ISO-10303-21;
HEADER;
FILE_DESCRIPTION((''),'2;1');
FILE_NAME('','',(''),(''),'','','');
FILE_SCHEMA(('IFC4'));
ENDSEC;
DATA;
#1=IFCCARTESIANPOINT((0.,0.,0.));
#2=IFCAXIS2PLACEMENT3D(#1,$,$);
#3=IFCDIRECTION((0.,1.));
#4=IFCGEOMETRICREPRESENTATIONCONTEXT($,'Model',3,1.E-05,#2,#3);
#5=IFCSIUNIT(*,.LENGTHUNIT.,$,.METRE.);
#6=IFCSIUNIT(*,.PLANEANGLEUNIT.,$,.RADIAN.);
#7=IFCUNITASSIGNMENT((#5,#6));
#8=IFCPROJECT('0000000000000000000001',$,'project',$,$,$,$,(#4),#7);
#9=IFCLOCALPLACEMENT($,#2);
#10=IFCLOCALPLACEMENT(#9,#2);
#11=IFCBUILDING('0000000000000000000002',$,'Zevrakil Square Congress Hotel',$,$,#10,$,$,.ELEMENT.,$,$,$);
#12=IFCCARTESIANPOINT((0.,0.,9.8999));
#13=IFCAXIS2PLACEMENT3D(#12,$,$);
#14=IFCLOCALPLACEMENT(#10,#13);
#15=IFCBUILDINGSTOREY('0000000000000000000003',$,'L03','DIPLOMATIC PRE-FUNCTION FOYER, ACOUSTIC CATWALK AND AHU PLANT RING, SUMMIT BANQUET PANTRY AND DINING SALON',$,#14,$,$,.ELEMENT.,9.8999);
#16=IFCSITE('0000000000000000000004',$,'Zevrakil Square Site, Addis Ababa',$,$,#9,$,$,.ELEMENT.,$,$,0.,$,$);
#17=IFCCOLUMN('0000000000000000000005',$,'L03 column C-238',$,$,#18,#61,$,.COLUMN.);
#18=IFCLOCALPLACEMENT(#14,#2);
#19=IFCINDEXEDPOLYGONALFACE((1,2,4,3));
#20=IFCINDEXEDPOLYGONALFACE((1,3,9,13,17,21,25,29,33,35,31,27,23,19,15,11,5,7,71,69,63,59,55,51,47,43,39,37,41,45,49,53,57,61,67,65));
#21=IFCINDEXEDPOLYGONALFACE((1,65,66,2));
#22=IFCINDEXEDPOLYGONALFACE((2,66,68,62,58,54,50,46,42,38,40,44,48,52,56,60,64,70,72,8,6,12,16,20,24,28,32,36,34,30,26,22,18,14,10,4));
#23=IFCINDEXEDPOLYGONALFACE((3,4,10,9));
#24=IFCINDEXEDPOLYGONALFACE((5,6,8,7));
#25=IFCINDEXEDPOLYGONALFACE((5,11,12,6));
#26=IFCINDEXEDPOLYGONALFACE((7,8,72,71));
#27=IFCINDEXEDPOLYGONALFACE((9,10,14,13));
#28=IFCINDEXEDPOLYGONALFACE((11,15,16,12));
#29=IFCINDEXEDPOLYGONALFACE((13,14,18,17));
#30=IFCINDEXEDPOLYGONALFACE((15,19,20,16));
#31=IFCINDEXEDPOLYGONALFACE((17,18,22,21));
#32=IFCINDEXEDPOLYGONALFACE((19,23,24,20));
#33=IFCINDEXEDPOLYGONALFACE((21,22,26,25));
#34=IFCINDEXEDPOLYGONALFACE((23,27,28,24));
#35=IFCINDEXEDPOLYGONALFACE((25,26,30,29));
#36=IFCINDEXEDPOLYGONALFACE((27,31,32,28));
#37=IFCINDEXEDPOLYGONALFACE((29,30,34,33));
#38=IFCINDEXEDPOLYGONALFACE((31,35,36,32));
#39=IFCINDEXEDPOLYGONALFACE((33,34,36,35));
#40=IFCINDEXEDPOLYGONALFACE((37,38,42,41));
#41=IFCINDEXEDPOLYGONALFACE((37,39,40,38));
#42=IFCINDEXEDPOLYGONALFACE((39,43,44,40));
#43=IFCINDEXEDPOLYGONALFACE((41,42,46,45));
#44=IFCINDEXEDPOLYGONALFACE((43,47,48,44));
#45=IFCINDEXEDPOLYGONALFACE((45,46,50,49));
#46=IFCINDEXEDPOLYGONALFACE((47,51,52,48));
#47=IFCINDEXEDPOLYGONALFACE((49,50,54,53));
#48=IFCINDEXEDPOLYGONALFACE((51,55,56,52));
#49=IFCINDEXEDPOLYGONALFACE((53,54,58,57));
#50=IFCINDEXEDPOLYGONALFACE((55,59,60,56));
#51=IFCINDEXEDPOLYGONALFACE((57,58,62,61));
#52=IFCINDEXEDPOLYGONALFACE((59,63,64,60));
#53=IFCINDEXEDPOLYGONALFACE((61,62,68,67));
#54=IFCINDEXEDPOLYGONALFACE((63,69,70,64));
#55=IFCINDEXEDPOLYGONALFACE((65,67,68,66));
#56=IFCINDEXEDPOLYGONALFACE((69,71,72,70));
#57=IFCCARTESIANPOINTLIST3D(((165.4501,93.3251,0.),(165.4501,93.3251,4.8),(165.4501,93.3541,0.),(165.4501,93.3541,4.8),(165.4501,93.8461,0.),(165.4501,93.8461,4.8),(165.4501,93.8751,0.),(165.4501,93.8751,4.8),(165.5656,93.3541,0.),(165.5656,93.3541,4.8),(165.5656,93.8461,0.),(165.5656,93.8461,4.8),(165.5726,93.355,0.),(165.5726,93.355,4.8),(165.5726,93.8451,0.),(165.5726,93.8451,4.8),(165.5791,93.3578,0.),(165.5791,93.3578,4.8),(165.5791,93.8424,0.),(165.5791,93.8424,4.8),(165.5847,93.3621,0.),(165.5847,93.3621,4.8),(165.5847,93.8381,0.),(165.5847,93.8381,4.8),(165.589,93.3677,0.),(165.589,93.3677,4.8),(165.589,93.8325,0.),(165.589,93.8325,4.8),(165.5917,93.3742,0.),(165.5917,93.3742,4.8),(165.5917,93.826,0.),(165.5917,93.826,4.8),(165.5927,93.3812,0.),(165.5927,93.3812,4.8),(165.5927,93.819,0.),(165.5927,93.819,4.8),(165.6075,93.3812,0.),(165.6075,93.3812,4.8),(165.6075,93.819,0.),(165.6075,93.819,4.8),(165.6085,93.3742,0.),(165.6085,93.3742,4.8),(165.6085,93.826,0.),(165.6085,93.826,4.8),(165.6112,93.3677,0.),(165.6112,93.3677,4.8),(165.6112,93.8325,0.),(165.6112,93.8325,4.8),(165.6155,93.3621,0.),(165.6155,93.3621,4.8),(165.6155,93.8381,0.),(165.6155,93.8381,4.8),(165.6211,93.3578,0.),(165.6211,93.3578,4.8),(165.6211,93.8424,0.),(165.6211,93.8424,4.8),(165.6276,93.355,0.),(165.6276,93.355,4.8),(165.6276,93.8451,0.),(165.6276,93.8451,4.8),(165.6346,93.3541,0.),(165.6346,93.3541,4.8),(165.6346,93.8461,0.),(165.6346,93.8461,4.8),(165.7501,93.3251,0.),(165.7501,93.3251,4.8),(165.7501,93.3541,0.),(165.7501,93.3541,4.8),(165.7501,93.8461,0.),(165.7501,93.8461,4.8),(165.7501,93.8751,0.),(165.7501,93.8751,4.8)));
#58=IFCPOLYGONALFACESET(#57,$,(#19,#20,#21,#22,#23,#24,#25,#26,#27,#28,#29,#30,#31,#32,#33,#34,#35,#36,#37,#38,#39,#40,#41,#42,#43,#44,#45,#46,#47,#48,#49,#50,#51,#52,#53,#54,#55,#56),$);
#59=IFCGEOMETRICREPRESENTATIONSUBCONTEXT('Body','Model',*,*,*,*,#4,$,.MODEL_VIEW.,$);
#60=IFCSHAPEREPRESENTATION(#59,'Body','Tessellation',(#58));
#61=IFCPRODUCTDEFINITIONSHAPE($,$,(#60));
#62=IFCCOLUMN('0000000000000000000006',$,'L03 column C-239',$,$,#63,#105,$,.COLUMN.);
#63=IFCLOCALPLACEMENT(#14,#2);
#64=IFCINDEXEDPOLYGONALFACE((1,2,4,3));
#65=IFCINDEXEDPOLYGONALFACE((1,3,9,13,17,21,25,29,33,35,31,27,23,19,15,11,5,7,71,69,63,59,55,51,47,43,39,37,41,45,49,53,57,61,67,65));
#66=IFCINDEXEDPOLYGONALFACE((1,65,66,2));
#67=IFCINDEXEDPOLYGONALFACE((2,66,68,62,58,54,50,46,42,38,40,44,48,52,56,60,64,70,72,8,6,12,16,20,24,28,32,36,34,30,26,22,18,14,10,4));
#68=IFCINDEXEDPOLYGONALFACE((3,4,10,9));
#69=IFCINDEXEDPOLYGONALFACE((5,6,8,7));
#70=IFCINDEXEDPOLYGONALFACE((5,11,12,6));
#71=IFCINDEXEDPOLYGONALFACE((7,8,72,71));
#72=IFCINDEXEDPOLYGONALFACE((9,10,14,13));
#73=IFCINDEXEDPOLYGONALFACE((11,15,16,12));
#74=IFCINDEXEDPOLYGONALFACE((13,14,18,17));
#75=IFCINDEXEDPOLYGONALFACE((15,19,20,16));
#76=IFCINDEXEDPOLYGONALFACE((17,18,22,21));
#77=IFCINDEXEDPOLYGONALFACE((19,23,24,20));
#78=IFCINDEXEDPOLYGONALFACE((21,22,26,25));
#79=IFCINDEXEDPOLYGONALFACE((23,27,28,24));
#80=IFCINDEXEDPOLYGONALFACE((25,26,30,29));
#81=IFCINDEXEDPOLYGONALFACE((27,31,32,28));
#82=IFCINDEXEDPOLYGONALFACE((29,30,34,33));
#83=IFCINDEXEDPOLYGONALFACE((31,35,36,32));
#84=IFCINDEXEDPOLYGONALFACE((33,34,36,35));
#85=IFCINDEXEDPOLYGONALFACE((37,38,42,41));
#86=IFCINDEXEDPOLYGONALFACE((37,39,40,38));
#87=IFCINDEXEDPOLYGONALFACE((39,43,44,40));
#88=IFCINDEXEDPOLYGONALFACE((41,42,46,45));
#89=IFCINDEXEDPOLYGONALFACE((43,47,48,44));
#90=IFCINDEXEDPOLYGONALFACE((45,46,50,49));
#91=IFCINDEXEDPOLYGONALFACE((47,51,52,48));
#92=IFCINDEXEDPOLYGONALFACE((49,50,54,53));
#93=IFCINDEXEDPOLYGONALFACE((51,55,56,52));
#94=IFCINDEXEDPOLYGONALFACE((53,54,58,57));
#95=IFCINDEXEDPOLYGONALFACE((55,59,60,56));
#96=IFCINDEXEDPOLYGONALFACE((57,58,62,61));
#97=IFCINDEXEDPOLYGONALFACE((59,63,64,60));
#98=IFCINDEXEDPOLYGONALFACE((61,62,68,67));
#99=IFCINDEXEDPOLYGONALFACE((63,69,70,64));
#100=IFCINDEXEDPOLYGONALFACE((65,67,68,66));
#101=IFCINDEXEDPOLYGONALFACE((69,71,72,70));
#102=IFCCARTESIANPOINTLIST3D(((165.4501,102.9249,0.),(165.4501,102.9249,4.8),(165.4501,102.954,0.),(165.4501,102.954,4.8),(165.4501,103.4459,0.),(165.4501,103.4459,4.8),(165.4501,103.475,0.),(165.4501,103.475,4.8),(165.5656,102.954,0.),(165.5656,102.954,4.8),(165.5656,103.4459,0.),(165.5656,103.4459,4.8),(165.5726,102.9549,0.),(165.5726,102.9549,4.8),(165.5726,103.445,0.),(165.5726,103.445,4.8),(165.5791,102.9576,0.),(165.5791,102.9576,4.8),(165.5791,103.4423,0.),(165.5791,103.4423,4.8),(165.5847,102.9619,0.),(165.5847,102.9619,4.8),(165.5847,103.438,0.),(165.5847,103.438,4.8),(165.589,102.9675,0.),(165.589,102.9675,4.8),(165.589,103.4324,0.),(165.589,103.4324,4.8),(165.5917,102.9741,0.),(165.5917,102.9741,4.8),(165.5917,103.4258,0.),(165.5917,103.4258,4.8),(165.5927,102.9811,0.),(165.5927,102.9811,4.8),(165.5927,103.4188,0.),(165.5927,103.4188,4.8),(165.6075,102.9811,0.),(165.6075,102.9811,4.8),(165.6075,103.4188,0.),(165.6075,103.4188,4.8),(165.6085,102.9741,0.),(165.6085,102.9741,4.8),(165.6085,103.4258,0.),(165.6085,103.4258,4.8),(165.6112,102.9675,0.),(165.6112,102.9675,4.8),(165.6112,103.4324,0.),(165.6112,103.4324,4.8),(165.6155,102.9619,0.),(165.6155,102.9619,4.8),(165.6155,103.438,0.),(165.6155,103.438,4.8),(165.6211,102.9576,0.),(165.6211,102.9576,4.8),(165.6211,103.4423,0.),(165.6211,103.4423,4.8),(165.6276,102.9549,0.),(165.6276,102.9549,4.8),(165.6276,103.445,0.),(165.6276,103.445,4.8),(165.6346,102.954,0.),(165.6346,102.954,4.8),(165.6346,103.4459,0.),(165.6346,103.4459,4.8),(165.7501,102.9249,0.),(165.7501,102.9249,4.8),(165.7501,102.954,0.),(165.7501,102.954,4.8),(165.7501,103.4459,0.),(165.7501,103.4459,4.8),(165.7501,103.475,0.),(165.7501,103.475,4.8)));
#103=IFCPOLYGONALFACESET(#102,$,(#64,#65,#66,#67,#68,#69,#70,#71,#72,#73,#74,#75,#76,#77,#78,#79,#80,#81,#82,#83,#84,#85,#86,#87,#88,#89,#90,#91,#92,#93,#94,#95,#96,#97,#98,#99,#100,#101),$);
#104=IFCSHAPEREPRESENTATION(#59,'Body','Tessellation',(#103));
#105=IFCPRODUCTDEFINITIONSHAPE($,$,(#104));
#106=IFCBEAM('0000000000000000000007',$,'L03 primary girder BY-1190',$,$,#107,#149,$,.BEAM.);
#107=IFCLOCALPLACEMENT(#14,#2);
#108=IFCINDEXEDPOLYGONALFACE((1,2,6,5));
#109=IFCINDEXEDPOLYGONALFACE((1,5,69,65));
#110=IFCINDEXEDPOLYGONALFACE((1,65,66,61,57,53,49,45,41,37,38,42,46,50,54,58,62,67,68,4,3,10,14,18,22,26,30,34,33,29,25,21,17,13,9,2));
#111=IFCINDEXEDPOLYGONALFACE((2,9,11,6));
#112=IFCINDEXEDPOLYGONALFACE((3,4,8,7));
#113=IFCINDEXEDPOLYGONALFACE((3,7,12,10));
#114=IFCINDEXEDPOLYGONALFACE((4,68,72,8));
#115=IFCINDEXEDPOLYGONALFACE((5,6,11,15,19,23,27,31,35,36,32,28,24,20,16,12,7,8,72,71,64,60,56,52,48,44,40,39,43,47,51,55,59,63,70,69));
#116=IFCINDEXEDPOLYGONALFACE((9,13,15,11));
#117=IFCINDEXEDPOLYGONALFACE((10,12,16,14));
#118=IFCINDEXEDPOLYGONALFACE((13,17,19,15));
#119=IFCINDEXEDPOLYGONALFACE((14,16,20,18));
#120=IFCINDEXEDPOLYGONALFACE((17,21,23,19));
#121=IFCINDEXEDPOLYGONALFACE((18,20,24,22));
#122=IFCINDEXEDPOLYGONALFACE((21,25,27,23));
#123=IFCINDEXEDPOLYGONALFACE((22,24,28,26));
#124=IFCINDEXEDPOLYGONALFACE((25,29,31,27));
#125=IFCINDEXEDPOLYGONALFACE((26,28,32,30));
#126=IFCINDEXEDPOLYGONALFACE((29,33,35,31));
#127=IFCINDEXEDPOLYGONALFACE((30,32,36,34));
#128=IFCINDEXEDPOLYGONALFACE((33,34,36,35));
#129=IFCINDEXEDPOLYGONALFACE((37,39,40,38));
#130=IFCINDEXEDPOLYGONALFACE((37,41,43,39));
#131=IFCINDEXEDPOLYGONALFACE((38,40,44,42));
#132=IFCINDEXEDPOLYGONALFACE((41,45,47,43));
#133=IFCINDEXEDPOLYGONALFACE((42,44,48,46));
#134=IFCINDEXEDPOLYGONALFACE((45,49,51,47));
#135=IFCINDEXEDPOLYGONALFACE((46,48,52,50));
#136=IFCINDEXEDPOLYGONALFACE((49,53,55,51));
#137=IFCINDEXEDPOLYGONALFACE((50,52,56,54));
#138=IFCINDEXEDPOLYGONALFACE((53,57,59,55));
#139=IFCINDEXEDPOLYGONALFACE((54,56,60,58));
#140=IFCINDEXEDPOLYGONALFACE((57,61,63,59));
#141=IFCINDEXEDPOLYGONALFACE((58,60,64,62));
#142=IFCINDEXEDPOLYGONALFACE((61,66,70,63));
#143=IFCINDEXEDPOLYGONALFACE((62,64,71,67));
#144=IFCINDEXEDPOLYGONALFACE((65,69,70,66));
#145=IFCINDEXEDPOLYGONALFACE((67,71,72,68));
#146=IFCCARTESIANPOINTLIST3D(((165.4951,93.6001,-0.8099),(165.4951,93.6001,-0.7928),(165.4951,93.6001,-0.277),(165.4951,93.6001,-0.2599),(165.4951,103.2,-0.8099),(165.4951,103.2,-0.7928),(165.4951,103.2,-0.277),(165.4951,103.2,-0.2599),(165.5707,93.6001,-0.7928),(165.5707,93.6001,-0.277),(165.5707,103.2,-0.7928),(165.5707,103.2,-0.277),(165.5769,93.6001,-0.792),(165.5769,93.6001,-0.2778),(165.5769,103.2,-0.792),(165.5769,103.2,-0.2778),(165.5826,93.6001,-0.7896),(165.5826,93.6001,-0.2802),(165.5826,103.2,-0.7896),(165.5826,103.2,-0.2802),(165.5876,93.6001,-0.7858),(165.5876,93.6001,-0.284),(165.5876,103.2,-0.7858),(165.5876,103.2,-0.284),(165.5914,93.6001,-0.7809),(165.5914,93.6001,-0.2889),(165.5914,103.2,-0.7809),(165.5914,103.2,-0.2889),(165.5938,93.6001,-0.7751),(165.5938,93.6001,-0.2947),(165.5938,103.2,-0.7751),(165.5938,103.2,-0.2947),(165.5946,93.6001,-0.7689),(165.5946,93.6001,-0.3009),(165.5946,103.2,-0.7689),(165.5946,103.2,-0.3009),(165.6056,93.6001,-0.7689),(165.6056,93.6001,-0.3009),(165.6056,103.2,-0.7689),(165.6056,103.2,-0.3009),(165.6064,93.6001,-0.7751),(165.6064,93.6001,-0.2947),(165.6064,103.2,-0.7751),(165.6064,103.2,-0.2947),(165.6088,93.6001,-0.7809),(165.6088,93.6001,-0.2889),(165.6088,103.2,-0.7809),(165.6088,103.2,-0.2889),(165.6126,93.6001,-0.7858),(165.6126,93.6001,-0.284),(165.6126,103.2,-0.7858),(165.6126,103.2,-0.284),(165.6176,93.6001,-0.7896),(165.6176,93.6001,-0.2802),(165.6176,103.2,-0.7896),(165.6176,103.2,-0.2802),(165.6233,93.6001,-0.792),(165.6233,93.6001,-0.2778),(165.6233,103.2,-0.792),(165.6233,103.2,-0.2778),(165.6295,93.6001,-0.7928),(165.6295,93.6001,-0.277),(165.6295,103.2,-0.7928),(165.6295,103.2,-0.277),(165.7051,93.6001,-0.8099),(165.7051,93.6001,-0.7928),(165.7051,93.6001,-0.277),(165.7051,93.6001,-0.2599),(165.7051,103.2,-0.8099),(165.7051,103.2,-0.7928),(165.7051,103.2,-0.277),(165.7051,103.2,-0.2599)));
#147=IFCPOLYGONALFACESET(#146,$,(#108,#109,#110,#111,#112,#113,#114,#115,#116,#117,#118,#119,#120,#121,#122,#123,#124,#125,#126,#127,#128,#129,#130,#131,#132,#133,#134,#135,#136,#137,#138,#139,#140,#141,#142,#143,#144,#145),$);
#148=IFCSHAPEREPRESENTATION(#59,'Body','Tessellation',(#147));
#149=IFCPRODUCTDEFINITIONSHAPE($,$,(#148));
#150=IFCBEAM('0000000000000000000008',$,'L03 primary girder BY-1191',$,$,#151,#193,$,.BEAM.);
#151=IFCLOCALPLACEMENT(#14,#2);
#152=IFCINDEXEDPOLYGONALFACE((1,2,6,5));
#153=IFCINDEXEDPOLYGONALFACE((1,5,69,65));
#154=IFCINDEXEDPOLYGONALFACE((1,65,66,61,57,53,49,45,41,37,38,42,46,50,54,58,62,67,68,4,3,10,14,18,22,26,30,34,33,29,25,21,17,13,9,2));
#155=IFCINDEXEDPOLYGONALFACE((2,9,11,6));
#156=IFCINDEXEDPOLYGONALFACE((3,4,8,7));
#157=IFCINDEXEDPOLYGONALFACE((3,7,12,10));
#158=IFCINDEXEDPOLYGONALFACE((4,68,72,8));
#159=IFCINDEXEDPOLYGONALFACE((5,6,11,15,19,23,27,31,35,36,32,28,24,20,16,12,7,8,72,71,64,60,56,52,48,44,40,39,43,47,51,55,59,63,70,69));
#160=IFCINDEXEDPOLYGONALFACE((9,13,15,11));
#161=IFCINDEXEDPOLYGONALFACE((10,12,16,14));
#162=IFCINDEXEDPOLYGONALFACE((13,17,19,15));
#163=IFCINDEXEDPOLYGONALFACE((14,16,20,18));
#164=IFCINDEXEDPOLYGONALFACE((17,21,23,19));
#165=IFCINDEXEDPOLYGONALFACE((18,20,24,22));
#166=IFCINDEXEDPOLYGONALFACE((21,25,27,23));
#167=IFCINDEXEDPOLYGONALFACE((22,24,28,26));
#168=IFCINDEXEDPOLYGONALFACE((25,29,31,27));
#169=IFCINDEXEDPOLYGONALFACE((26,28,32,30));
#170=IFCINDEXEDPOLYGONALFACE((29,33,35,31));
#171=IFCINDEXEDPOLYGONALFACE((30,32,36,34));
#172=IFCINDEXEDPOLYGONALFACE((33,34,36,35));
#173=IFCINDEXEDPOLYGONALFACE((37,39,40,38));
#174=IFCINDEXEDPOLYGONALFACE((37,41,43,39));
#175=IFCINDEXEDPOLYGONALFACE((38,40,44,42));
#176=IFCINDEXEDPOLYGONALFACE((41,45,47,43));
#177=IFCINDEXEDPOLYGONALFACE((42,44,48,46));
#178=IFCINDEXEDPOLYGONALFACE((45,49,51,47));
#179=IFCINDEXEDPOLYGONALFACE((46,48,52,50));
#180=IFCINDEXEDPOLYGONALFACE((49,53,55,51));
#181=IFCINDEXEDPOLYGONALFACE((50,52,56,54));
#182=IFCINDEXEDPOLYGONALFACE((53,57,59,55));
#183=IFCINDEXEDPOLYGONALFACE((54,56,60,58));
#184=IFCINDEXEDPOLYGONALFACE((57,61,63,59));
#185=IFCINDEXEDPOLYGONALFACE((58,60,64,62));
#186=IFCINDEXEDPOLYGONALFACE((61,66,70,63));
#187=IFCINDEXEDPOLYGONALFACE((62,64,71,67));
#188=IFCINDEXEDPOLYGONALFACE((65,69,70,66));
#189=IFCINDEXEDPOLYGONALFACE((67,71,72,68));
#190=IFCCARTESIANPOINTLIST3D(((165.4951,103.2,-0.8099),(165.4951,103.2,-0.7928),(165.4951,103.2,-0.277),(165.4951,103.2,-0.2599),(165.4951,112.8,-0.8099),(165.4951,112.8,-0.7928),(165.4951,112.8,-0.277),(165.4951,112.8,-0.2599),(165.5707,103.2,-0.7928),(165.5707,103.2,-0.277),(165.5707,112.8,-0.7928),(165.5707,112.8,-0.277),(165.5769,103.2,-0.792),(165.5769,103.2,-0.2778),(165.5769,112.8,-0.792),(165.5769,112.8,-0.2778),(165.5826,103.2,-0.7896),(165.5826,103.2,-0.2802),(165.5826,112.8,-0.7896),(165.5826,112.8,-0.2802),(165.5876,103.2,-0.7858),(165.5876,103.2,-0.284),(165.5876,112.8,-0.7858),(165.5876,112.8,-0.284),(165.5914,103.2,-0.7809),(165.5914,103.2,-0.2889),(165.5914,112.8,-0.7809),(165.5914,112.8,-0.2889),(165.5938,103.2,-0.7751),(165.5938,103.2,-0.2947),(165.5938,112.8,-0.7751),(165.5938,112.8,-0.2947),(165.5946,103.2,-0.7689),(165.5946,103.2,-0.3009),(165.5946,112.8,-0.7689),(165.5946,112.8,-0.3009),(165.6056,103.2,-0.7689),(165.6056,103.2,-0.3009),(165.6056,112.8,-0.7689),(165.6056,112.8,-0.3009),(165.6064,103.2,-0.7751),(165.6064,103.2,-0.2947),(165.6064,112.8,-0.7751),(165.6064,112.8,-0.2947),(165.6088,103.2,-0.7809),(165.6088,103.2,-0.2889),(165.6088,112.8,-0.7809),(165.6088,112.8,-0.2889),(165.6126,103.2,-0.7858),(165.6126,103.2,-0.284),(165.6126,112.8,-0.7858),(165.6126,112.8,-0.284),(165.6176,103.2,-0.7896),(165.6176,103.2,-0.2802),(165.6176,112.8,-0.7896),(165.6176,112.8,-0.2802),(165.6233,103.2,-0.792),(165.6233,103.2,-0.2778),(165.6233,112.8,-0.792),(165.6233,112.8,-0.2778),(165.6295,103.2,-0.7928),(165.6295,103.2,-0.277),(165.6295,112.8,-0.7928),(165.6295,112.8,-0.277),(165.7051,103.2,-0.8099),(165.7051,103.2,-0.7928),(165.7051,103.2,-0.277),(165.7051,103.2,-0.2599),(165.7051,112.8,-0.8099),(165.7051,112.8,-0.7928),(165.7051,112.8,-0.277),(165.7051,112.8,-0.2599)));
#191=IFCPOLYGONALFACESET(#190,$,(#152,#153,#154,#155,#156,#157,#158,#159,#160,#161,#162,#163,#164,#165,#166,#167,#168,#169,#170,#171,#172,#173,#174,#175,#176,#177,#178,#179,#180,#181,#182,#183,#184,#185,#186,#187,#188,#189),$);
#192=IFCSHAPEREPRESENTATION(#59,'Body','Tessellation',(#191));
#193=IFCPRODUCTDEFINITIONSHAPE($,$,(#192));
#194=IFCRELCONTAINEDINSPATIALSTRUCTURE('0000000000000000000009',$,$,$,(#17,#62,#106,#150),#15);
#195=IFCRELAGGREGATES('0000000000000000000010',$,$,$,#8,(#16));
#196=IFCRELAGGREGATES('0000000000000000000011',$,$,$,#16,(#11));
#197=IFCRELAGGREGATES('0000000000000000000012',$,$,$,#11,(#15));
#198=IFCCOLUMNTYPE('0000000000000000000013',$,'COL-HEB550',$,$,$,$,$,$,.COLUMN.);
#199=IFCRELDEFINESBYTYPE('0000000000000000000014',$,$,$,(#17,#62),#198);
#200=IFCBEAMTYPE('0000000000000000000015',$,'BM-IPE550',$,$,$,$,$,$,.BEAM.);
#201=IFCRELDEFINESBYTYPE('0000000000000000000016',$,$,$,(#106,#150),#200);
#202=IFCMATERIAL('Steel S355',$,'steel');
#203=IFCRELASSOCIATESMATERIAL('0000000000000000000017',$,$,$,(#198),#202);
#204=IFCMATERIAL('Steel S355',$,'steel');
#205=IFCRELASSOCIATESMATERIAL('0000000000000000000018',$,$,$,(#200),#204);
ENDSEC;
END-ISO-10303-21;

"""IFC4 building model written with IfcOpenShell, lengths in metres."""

from ifc_helpers import new_model, si_unit, direction, frame, origin, origin_2d, place, context, subcontext, project, spatial, i_section, extrude, material, material_profile, profile_set, type_object, element, save


model = new_model("IFC4")

# Units and contexts
model_context = context("Model", 3, precision=1e-05, world=origin(), true_north=direction((0.0, 1.0)))
body_context = subcontext(model_context, "Body", "Model", "MODEL_VIEW")
ifc_project = project(units=[si_unit("LENGTHUNIT", "METRE"), si_unit("PLANEANGLEUNIT", "RADIAN")], contexts=[model_context])

# Site, building, storey
site_placement = place(None, origin())
site = spatial("IfcSite", under=ifc_project, at=site_placement, Name="Zevrakil Square Site, Addis Ababa", CompositionType="ELEMENT", RefElevation=0.0)
building_placement = place(site_placement, origin())
building = spatial("IfcBuilding", under=site, at=building_placement, Name="Zevrakil Square Congress Hotel", CompositionType="ELEMENT")
storey_placement = place(building_placement, frame((0.0, 0.0, 9.8999)))
storey = spatial("IfcBuildingStorey", under=building, at=storey_placement, Name="L03", Description="DIPLOMATIC PRE-FUNCTION FOYER, ACOUSTIC CATWALK AND AHU PLANT RING, SUMMIT BANQUET PANTRY AND DINING SALON", CompositionType="ELEMENT", Elevation=9.8999)

# Columns
ifc_material_1 = material(Name="Steel S355", Category="steel")
ifc_material_profile_1 = material_profile(ifc_material_1, i_section(OverallWidth=0.3, OverallDepth=0.55, WebThickness=0.0149, FlangeThickness=0.0291, FilletRadius=0.0271, at=origin_2d()), Name="HEB 550")
ifc_profile_set_1 = profile_set([ifc_material_profile_1], Name="Steel S355")
column_type = type_object("IfcColumnType", Name="COL-HEB550", PredefinedType="COLUMN", material=ifc_profile_set_1)
for number, where, z_axis, x_axis, name in (
    (1, (165.6001, 93.6001, 0.0), (0.0, 0.0, 1.0), (1.0, 0.0, 0.0), "L03 column C-238"),
    (2, (165.6001, 103.2, 0.0), (0.0, 0.0, 1.0), (1.0, 0.0, 0.0), "L03 column C-239"),
):
    element("IfcColumn", number, at=place(storey_placement, frame(where, z_axis=z_axis, x_axis=x_axis)), inside=storey, type_object=column_type, Name=name, PredefinedType="COLUMN", context=body_context, shape_type="SweptSolid", body=[
        extrude(i_section(OverallWidth=0.3, OverallDepth=0.55, WebThickness=0.0149, FlangeThickness=0.0291, FilletRadius=0.0271, at=origin_2d()), origin(), (0.0, 0.0, 1.0), 4.8),
    ])

# Beams
ifc_material_2 = material(Name="Steel S355", Category="steel")
ifc_material_profile_2 = material_profile(ifc_material_2, i_section(OverallWidth=0.21, OverallDepth=0.55, WebThickness=0.011, FlangeThickness=0.0171, FilletRadius=0.0239, at=origin_2d()), Name="IPE 550")
ifc_profile_set_2 = profile_set([ifc_material_profile_2], Name="Steel S355")
beam_type = type_object("IfcBeamType", Name="BM-IPE550", PredefinedType="BEAM", material=ifc_profile_set_2)
beam_1_placement = place(storey_placement, frame((165.6001, 93.6001, -0.5349), z_axis=(0.0, 1.0, 0.0), x_axis=(-1.0, 0.0, 0.0)))
element("IfcBeam", 3, at=beam_1_placement, inside=storey, type_object=beam_type, Name="L03 primary girder BY-1190", PredefinedType="BEAM", context=body_context, shape_type="SweptSolid", body=[
    extrude(i_section(OverallWidth=0.21, OverallDepth=0.55, WebThickness=0.011, FlangeThickness=0.0171, FilletRadius=0.0239, at=origin_2d()), origin(), (0.0, 0.0, 1.0), 9.5999),
])
beam_2_placement = place(storey_placement, frame((165.6001, 103.2, -0.5349), z_axis=(0.0, 1.0, 0.0), x_axis=(-1.0, 0.0, 0.0)))
element("IfcBeam", 4, at=beam_2_placement, inside=storey, type_object=beam_type, Name="L03 primary girder BY-1191", PredefinedType="BEAM", context=body_context, shape_type="SweptSolid", body=[
    extrude(i_section(OverallWidth=0.21, OverallDepth=0.55, WebThickness=0.011, FlangeThickness=0.0171, FilletRadius=0.0239, at=origin_2d()), origin(), (0.0, 0.0, 1.0), 9.6001),
])

save(model, "model.ifc")
